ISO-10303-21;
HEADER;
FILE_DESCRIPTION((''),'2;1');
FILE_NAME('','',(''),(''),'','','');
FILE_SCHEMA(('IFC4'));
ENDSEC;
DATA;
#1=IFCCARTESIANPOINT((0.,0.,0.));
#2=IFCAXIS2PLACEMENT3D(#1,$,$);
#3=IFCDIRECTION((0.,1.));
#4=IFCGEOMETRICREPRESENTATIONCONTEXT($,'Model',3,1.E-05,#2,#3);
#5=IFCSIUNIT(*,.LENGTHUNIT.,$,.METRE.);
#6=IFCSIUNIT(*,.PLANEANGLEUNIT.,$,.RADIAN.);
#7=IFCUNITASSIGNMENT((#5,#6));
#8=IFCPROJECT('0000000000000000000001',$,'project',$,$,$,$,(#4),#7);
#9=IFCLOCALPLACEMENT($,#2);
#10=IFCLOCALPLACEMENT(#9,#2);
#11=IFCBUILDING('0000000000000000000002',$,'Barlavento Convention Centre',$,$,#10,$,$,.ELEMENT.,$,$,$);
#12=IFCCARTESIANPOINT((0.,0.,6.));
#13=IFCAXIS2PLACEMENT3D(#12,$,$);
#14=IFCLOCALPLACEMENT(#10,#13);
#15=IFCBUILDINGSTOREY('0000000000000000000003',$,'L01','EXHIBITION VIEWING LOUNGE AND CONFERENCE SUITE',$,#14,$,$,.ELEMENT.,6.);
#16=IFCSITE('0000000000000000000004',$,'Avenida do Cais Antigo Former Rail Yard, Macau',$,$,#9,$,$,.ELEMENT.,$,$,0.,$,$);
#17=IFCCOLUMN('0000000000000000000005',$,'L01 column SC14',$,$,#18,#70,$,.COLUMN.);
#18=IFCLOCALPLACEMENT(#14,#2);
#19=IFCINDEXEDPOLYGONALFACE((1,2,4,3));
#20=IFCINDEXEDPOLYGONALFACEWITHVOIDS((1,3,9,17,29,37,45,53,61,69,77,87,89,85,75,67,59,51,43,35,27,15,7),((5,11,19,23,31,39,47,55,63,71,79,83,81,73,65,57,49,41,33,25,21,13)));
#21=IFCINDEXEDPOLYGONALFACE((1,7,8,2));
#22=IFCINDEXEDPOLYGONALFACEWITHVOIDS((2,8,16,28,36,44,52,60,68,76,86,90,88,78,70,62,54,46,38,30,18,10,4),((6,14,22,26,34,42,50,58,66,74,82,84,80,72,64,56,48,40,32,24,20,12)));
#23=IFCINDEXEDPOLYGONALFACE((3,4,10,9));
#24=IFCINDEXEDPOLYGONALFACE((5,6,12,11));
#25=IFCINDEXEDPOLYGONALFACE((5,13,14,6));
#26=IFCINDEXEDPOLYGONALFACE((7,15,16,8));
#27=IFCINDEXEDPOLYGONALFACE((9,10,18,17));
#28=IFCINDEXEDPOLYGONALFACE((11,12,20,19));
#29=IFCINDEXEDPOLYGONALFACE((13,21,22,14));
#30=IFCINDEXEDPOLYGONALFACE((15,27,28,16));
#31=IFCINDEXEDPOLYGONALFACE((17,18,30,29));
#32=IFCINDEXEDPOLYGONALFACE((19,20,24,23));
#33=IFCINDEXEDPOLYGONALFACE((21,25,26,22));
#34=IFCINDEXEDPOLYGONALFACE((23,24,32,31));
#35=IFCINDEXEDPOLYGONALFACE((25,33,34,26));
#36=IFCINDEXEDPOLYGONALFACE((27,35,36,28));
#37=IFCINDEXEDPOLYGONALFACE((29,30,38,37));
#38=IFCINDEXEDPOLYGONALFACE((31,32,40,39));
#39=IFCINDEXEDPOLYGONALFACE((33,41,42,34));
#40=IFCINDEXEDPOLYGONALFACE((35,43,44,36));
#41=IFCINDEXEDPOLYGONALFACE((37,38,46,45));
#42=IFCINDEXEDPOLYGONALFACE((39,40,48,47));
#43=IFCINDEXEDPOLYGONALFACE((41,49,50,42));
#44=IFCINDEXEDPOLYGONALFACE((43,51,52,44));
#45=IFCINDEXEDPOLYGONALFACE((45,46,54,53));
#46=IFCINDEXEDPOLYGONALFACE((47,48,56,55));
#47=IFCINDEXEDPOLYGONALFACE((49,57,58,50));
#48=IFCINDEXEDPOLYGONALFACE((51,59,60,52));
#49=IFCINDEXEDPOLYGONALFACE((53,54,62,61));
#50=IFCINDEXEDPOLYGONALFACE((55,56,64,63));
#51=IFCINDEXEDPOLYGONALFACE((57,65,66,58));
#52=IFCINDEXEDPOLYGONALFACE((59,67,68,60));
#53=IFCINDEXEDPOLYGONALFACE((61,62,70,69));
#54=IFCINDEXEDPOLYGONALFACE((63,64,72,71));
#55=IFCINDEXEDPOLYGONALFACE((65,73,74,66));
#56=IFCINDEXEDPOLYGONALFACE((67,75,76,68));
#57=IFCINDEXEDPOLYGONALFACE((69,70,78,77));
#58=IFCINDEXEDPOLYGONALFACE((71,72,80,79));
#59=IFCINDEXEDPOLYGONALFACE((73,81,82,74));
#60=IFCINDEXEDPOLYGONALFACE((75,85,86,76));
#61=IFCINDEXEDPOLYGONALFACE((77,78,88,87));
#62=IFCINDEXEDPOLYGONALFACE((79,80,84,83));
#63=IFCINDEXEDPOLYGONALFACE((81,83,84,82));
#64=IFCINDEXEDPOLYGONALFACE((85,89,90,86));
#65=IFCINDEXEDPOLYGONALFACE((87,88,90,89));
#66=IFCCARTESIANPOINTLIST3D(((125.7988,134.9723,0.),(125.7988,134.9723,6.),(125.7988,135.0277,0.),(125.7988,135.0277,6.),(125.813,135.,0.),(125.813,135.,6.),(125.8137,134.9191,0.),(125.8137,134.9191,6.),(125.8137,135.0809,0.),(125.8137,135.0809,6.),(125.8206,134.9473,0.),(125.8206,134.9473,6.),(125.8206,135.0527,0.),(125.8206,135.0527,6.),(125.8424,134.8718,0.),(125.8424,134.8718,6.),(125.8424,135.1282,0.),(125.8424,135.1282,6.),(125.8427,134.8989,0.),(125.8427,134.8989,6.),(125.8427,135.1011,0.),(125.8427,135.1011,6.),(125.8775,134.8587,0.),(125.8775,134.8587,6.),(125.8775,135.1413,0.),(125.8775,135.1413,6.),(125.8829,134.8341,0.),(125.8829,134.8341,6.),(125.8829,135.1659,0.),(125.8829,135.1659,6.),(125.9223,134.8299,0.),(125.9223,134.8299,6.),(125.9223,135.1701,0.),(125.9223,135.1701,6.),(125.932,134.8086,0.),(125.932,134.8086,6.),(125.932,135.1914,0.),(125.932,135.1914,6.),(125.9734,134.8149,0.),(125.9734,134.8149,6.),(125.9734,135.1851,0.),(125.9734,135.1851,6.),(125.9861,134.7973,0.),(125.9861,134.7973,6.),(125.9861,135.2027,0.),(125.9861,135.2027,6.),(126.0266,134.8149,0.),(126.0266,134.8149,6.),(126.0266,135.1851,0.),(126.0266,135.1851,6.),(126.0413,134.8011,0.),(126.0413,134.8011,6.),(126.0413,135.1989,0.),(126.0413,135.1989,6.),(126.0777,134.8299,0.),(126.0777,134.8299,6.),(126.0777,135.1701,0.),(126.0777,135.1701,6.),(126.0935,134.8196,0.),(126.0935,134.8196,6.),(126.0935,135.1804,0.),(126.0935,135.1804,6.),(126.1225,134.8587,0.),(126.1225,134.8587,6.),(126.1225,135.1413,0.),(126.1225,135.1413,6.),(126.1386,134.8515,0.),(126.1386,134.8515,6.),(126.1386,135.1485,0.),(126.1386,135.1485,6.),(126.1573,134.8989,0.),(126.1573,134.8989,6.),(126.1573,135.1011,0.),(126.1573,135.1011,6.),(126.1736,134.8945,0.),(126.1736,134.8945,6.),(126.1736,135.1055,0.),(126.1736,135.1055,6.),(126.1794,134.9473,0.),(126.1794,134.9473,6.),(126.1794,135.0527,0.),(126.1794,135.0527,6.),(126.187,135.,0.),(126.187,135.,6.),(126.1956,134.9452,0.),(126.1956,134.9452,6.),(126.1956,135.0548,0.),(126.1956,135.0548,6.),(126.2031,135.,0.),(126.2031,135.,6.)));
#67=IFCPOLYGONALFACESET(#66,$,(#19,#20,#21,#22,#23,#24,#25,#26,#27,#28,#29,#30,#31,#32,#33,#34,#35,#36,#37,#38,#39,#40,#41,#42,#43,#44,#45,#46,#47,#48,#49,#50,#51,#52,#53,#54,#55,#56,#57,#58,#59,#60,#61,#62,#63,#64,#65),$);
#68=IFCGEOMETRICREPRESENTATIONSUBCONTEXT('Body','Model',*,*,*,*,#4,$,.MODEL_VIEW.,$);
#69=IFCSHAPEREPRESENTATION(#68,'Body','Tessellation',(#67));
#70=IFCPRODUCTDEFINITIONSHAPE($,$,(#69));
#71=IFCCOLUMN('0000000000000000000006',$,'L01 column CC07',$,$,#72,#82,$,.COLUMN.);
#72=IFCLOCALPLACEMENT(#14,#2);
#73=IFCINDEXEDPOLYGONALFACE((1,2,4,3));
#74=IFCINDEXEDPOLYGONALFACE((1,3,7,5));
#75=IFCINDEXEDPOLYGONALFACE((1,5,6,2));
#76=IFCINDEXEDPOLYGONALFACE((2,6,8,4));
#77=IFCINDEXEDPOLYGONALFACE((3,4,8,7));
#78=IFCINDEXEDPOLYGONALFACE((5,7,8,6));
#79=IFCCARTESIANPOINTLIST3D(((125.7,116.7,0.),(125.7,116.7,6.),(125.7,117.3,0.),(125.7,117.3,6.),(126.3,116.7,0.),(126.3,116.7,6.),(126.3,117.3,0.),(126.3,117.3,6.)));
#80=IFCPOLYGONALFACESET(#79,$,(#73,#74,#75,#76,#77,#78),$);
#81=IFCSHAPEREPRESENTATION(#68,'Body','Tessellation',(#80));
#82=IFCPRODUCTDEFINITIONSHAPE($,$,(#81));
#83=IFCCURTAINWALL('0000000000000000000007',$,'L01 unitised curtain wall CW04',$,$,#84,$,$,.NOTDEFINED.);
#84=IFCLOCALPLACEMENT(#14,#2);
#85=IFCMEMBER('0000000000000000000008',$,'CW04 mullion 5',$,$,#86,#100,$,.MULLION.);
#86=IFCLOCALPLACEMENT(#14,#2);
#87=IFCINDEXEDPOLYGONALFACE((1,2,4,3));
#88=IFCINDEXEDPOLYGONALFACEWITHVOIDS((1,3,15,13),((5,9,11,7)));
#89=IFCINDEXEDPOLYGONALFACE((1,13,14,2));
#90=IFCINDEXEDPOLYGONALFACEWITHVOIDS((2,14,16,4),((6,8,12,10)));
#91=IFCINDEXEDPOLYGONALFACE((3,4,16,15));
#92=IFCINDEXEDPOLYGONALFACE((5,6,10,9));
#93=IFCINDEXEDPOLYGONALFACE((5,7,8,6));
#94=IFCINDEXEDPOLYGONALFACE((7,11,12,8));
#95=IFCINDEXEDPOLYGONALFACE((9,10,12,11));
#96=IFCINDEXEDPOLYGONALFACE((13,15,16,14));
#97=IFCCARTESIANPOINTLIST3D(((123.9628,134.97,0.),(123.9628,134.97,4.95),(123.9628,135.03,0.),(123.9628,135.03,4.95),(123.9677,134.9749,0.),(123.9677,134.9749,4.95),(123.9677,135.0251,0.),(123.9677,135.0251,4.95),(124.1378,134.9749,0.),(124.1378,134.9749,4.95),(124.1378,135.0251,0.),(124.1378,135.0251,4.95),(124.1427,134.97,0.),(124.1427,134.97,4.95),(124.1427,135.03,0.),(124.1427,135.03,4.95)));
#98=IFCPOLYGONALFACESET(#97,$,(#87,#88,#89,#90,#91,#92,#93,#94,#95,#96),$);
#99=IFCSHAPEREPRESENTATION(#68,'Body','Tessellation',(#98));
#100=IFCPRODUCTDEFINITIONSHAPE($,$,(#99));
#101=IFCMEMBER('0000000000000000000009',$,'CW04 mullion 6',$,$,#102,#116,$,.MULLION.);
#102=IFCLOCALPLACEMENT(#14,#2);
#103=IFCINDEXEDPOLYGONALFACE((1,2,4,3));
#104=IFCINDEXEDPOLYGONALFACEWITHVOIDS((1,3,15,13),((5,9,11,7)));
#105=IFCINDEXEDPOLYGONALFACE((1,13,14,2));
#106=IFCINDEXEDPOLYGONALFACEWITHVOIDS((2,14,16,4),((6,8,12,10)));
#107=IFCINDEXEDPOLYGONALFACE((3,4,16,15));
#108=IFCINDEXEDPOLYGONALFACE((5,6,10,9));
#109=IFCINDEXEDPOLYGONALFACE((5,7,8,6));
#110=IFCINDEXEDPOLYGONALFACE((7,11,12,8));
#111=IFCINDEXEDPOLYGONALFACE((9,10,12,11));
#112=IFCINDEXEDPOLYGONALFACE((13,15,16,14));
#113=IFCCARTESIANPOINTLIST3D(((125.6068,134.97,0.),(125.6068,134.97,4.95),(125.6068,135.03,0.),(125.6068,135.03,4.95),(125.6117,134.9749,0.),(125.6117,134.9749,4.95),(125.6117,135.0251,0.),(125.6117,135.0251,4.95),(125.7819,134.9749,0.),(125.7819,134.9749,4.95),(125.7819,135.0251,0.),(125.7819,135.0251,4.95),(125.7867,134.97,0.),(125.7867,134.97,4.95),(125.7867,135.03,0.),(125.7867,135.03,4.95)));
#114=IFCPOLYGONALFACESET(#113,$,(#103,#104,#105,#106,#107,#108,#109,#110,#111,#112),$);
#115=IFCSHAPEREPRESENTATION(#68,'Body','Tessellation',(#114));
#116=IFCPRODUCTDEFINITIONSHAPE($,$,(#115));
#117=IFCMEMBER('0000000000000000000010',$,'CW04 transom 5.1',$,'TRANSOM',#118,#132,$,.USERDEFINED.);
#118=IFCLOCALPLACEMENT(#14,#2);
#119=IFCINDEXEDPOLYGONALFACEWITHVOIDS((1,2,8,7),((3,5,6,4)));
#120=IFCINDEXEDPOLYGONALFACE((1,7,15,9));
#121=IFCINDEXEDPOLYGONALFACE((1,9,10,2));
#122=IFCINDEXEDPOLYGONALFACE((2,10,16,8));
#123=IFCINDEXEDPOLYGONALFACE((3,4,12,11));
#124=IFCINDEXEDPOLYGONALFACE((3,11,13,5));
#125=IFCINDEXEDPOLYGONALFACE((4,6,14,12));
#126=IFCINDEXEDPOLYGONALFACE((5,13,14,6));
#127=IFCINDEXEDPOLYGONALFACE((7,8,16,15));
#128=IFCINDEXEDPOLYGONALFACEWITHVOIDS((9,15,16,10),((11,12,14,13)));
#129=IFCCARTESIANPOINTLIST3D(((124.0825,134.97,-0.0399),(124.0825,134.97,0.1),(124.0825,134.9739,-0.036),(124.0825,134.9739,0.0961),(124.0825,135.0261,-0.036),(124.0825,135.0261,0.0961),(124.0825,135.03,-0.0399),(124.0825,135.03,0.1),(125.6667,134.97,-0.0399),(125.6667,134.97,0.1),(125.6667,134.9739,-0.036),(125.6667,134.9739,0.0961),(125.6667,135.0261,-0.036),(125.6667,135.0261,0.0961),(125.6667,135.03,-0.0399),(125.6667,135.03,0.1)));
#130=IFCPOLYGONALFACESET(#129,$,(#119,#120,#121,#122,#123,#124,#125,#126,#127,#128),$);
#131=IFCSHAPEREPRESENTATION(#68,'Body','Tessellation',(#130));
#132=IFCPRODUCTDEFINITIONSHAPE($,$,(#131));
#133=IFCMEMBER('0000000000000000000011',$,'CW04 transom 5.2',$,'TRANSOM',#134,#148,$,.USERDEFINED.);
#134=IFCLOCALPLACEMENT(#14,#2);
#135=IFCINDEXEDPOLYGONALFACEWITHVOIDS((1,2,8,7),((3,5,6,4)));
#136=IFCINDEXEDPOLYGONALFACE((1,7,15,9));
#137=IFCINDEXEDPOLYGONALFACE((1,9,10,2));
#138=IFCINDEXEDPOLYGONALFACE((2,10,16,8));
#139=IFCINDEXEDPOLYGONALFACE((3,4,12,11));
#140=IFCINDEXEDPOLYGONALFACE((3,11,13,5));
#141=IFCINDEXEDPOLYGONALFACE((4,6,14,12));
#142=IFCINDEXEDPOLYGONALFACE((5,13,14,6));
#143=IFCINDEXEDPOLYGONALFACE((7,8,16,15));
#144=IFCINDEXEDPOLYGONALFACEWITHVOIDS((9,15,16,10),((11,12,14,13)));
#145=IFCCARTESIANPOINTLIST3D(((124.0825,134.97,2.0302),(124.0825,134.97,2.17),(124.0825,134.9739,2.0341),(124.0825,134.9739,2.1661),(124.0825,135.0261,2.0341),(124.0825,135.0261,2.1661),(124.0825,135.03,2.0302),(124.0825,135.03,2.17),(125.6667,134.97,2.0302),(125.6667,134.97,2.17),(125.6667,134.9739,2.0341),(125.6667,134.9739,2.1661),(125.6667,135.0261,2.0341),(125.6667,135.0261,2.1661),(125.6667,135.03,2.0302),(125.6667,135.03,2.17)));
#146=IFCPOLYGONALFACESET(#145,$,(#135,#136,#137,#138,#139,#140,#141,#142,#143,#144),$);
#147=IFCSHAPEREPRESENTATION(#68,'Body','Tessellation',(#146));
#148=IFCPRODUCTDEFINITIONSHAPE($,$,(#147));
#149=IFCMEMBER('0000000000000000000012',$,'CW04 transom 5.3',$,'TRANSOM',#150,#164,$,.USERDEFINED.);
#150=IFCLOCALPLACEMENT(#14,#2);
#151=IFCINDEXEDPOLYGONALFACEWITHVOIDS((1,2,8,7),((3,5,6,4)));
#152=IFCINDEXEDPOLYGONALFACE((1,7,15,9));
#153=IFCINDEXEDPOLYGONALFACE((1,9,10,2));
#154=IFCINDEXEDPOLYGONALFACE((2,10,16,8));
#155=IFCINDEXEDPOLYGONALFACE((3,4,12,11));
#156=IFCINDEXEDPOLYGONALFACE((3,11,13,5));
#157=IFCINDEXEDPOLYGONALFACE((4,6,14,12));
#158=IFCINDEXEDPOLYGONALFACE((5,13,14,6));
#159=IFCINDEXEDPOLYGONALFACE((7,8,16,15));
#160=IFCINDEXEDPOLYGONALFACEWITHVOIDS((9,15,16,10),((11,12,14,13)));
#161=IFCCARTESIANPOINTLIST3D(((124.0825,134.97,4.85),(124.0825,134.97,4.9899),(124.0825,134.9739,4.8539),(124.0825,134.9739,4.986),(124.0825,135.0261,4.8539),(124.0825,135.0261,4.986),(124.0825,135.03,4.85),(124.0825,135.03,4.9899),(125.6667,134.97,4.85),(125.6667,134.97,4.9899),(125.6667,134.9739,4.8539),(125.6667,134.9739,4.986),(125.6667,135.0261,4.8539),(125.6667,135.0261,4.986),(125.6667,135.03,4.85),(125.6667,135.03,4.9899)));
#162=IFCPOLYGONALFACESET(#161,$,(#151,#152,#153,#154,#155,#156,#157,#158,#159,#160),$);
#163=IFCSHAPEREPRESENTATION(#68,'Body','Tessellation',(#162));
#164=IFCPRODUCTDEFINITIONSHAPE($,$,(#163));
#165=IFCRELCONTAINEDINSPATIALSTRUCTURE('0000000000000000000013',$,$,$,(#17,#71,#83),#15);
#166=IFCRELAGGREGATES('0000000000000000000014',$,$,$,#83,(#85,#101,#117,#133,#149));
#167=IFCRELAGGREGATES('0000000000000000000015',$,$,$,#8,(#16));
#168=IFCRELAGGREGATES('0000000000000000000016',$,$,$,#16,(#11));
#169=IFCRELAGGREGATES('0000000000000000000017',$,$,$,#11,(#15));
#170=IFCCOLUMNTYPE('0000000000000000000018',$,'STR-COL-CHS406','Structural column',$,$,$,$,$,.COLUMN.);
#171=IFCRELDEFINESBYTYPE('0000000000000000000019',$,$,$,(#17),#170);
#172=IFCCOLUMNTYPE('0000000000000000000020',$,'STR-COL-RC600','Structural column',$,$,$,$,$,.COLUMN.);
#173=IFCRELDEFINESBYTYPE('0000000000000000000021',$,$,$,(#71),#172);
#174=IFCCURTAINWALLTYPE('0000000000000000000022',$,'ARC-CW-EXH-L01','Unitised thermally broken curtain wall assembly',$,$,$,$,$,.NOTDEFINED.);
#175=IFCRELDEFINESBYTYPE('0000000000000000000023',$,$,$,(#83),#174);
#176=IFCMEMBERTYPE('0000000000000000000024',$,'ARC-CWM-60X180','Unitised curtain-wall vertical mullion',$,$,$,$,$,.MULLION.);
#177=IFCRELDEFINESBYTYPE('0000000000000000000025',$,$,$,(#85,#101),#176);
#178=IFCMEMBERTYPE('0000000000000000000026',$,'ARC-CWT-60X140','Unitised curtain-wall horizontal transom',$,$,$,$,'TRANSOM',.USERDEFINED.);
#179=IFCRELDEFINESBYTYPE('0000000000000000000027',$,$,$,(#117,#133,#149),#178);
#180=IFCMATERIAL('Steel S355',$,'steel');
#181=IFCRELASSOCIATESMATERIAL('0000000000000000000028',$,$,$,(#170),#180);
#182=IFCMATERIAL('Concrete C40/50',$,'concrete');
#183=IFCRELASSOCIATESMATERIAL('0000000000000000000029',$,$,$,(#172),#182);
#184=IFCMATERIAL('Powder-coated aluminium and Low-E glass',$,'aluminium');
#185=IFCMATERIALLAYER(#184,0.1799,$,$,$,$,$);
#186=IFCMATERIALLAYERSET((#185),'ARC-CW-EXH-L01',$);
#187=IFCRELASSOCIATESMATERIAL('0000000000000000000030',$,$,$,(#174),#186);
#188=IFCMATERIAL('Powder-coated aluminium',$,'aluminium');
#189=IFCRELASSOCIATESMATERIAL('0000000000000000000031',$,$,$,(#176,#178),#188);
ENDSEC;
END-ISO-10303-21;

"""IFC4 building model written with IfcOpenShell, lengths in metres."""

from ifc_helpers import new_model, si_unit, direction, frame, origin, origin_2d, place, context, subcontext, project, spatial, rectangle, hollow_rectangle, hollow_circle, extrude, material, layer, layer_set, material_profile, profile_set, type_object, element, aggregate, save


model = new_model("IFC4")

# Units and contexts
model_context = context("Model", 3, precision=1e-05, world=origin(), true_north=direction((0.0, 1.0)))
body_context = subcontext(model_context, "Body", "Model", "MODEL_VIEW")
ifc_project = project(units=[si_unit("LENGTHUNIT", "METRE"), si_unit("PLANEANGLEUNIT", "RADIAN")], contexts=[model_context])

# Site, building, storey
site_placement = place(None, origin())
site = spatial("IfcSite", under=ifc_project, at=site_placement, Name="Avenida do Cais Antigo Former Rail Yard, Macau", CompositionType="ELEMENT", RefElevation=0.0)
building_placement = place(site_placement, origin())
building = spatial("IfcBuilding", under=site, at=building_placement, Name="Barlavento Convention Centre", CompositionType="ELEMENT")
storey_placement = place(building_placement, frame((0.0, 0.0, 6.0)))
storey = spatial("IfcBuildingStorey", under=building, at=storey_placement, Name="L01", Description="EXHIBITION VIEWING LOUNGE AND CONFERENCE SUITE", CompositionType="ELEMENT", Elevation=6.0)

# Columns
ifc_material_1 = material(Name="Steel S355", Category="steel")
ifc_material_profile_1 = material_profile(ifc_material_1, hollow_circle(Radius=0.2031, WallThickness=0.0161, at=origin_2d()), Name="CHS 406.4x16.0")
ifc_profile_set_1 = profile_set([ifc_material_profile_1], Name="Steel S355")
column_type_1 = type_object("IfcColumnType", Name="STR-COL-CHS406", Description="Structural column", PredefinedType="COLUMN", material=ifc_profile_set_1)
column_1_placement = place(storey_placement, frame((126.0, 135.0, 0.0), z_axis=(0.0, 0.0, 1.0), x_axis=(1.0, 0.0, 0.0)))
element("IfcColumn", 1, at=column_1_placement, inside=storey, type_object=column_type_1, Name="L01 column SC14", PredefinedType="COLUMN", context=body_context, shape_type="SweptSolid", body=[
    extrude(hollow_circle(Radius=0.2031, WallThickness=0.0161, at=origin_2d()), origin(), (0.0, 0.0, 1.0), 6.0),
])
ifc_material_2 = material(Name="Concrete C40/50", Category="concrete")
ifc_material_profile_2 = material_profile(ifc_material_2, rectangle(XDim=0.6001, YDim=0.6001, at=origin_2d()), Name="RC 600x600")
ifc_profile_set_2 = profile_set([ifc_material_profile_2], Name="Concrete C40/50")
column_type_2 = type_object("IfcColumnType", Name="STR-COL-RC600", Description="Structural column", PredefinedType="COLUMN", material=ifc_profile_set_2)
column_2_placement = place(storey_placement, frame((126.0, 117.0, 0.0), z_axis=(0.0, 0.0, 1.0), x_axis=(1.0, 0.0, 0.0)))
element("IfcColumn", 2, at=column_2_placement, inside=storey, type_object=column_type_2, Name="L01 column CC07", PredefinedType="COLUMN", context=body_context, shape_type="SweptSolid", body=[
    extrude(rectangle(XDim=0.6001, YDim=0.6001, at=origin_2d()), origin(), (0.0, 0.0, 1.0), 6.0),
])

# Curtain wall, members
ifc_material_3 = material(Name="Powder-coated aluminium and Low-E glass", Category="aluminium")
ifc_layer_1 = layer(ifc_material_3, 0.1799)
ifc_layer_set_1 = layer_set([ifc_layer_1], Name="ARC-CW-EXH-L01")
curtain_wall_type = type_object("IfcCurtainWallType", Name="ARC-CW-EXH-L01", Description="Unitised thermally broken curtain wall assembly", PredefinedType="NOTDEFINED", material=ifc_layer_set_1)
curtain_wall_placement = place(storey_placement, origin())
curtain_wall = element("IfcCurtainWall", 3, at=curtain_wall_placement, inside=storey, type_object=curtain_wall_type, Name="L01 unitised curtain wall CW04", PredefinedType="NOTDEFINED")
ifc_material_4 = material(Name="Powder-coated aluminium", Category="aluminium")
ifc_material_profile_3 = material_profile(ifc_material_4, hollow_rectangle(XDim=0.0601, YDim=0.1799, WallThickness=0.0049, at=origin_2d()), Name="AL-MULL 60x180x5")
ifc_profile_set_3 = profile_set([ifc_material_profile_3], Name="Powder-coated aluminium")
member_type_1 = type_object("IfcMemberType", Name="ARC-CWM-60X180", Description="Unitised curtain-wall vertical mullion", PredefinedType="MULLION", material=ifc_profile_set_3)
member_1_placement = place(storey_placement, frame((124.0527, 135.0, 0.0), z_axis=(0.0, 0.0, 1.0), x_axis=(0.0, 1.0, 0.0)))
member_1 = element("IfcMember", 4, at=member_1_placement, type_object=member_type_1, Name="CW04 mullion 5", PredefinedType="MULLION", context=body_context, shape_type="SweptSolid", body=[
    extrude(hollow_rectangle(XDim=0.0601, YDim=0.1799, WallThickness=0.0049, at=origin_2d()), origin(), (0.0, 0.0, 1.0), 4.95),
])
member_2_placement = place(storey_placement, frame((125.6968, 135.0, 0.0), z_axis=(0.0, 0.0, 1.0), x_axis=(0.0, 1.0, 0.0)))
member_2 = element("IfcMember", 5, at=member_2_placement, type_object=member_type_1, Name="CW04 mullion 6", PredefinedType="MULLION", context=body_context, shape_type="SweptSolid", body=[
    extrude(hollow_rectangle(XDim=0.0601, YDim=0.1799, WallThickness=0.0049, at=origin_2d()), origin(), (0.0, 0.0, 1.0), 4.95),
])
ifc_material_profile_4 = material_profile(ifc_material_4, hollow_rectangle(XDim=0.0601, YDim=0.1399, WallThickness=0.0039, at=origin_2d()), Name="AL-TRAN 60x140x4")
ifc_profile_set_4 = profile_set([ifc_material_profile_4], Name="Powder-coated aluminium")
member_type_2 = type_object("IfcMemberType", Name="ARC-CWT-60X140", Description="Unitised curtain-wall horizontal transom", ElementType="TRANSOM", PredefinedType="USERDEFINED", material=ifc_profile_set_4)
member_3_placement = place(storey_placement, frame((124.0825, 135.0, 0.03), z_axis=(1.0, 0.0, 0.0), x_axis=(0.0, 1.0, 0.0)))
member_3 = element("IfcMember", 6, at=member_3_placement, type_object=member_type_2, Name="CW04 transom 5.1", ObjectType="TRANSOM", PredefinedType="USERDEFINED", context=body_context, shape_type="SweptSolid", body=[
    extrude(hollow_rectangle(XDim=0.0601, YDim=0.1399, WallThickness=0.0039, at=origin_2d()), origin(), (0.0, 0.0, 1.0), 1.5842),
])
member_4_placement = place(storey_placement, frame((124.0825, 135.0, 2.1001), z_axis=(1.0, 0.0, 0.0), x_axis=(0.0, 1.0, 0.0)))
member_4 = element("IfcMember", 7, at=member_4_placement, type_object=member_type_2, Name="CW04 transom 5.2", ObjectType="TRANSOM", PredefinedType="USERDEFINED", context=body_context, shape_type="SweptSolid", body=[
    extrude(hollow_rectangle(XDim=0.0601, YDim=0.1399, WallThickness=0.0039, at=origin_2d()), origin(), (0.0, 0.0, 1.0), 1.5842),
])
member_5_placement = place(storey_placement, frame((124.0825, 135.0, 4.9199), z_axis=(1.0, 0.0, 0.0), x_axis=(0.0, 1.0, 0.0)))
member_5 = element("IfcMember", 8, at=member_5_placement, type_object=member_type_2, Name="CW04 transom 5.3", ObjectType="TRANSOM", PredefinedType="USERDEFINED", context=body_context, shape_type="SweptSolid", body=[
    extrude(hollow_rectangle(XDim=0.0601, YDim=0.1399, WallThickness=0.0039, at=origin_2d()), origin(), (0.0, 0.0, 1.0), 1.5842),
])

aggregate(curtain_wall, [member_1, member_2, member_3, member_4, member_5])

save(model, "model.ifc")
